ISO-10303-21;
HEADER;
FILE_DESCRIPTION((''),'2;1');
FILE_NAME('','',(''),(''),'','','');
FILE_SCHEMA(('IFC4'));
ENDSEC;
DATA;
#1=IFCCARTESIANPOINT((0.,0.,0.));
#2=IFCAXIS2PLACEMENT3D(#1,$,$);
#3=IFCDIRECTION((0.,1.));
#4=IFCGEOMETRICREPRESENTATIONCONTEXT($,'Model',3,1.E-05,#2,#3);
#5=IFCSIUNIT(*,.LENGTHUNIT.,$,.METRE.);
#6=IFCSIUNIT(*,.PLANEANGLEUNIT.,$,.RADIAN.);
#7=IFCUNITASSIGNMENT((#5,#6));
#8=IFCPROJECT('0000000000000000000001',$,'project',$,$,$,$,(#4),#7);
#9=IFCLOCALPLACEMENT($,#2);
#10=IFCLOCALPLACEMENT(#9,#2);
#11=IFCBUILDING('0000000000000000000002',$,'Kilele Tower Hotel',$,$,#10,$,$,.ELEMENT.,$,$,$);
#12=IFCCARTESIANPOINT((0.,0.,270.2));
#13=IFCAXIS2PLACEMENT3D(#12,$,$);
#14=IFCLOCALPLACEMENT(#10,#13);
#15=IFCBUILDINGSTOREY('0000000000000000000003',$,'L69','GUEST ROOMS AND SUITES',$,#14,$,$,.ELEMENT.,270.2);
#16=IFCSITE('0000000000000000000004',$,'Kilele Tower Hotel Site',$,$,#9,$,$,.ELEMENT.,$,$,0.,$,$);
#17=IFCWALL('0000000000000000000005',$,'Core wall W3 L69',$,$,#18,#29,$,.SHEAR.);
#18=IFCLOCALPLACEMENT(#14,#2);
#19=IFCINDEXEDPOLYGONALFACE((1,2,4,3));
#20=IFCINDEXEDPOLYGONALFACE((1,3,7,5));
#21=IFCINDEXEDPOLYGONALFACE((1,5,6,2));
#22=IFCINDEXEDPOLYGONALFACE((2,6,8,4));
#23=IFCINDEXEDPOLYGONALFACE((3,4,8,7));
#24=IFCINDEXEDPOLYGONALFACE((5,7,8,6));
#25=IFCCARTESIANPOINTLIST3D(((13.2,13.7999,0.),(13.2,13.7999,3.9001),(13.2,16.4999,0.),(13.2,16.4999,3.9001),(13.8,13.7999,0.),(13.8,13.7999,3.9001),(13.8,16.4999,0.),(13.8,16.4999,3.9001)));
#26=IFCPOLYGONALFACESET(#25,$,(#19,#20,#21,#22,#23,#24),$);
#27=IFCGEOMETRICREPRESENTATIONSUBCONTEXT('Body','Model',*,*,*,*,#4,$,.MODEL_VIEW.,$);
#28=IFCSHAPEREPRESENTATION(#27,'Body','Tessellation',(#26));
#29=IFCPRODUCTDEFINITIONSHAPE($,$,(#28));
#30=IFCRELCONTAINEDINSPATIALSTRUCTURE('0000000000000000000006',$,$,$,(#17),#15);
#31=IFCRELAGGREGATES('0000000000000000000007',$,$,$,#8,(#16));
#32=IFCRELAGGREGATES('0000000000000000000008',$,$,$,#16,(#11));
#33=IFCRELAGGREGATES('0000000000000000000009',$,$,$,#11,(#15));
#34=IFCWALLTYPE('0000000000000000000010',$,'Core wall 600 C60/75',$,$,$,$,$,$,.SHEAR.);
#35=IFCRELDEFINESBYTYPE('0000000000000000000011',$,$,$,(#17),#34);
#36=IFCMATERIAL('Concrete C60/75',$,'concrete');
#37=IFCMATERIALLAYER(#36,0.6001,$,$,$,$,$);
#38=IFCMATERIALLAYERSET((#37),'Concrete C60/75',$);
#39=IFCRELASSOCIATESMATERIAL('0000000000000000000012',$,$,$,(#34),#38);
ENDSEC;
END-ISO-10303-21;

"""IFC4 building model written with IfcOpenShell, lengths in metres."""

from ifc_helpers import new_model, si_unit, direction, frame, frame_2d, origin, place, context, subcontext, project, spatial, rectangle, extrude, material, layer, layer_set, type_object, element, save


model = new_model("IFC4")

# Units and contexts
model_context = context("Model", 3, precision=1e-05, world=origin(), true_north=direction((0.0, 1.0)))
body_context = subcontext(model_context, "Body", "Model", "MODEL_VIEW")
ifc_project = project(units=[si_unit("LENGTHUNIT", "METRE"), si_unit("PLANEANGLEUNIT", "RADIAN")], contexts=[model_context])

# Site, building, storey
site_placement = place(None, origin())
site = spatial("IfcSite", under=ifc_project, at=site_placement, Name="Kilele Tower Hotel Site", CompositionType="ELEMENT", RefElevation=0.0)
building_placement = place(site_placement, origin())
building = spatial("IfcBuilding", under=site, at=building_placement, Name="Kilele Tower Hotel", CompositionType="ELEMENT")
storey_placement = place(building_placement, frame((0.0, 0.0, 270.2)))
storey = spatial("IfcBuildingStorey", under=building, at=storey_placement, Name="L69", Description="GUEST ROOMS AND SUITES", CompositionType="ELEMENT", Elevation=270.2)

# Shared definitions
ifc_material_1 = material(Name="Concrete C60/75", Category="concrete")
ifc_layer = layer(ifc_material_1, 0.6001)
ifc_layer_set = layer_set([ifc_layer], Name="Concrete C60/75")
wall_type = type_object("IfcWallType", Name="Core wall 600 C60/75", PredefinedType="SHEAR", material=ifc_layer_set)

# Wall
wall_1_placement = place(storey_placement, frame((13.5, 16.5, 0.0), z_axis=(0.0, 0.0, 1.0), x_axis=(0.0, -1.0, 0.0)))
element("IfcWall", 1, at=wall_1_placement, inside=storey, type_object=wall_type, Name="Core wall W3 L69", PredefinedType="SHEAR", context=body_context, shape_type="SweptSolid", body=[
    extrude(rectangle(XDim=2.7, YDim=0.6001, at=frame_2d((1.3501, 0.0))), origin(), (0.0, 0.0, 1.0), 3.9001),
])

save(model, "model.ifc")
